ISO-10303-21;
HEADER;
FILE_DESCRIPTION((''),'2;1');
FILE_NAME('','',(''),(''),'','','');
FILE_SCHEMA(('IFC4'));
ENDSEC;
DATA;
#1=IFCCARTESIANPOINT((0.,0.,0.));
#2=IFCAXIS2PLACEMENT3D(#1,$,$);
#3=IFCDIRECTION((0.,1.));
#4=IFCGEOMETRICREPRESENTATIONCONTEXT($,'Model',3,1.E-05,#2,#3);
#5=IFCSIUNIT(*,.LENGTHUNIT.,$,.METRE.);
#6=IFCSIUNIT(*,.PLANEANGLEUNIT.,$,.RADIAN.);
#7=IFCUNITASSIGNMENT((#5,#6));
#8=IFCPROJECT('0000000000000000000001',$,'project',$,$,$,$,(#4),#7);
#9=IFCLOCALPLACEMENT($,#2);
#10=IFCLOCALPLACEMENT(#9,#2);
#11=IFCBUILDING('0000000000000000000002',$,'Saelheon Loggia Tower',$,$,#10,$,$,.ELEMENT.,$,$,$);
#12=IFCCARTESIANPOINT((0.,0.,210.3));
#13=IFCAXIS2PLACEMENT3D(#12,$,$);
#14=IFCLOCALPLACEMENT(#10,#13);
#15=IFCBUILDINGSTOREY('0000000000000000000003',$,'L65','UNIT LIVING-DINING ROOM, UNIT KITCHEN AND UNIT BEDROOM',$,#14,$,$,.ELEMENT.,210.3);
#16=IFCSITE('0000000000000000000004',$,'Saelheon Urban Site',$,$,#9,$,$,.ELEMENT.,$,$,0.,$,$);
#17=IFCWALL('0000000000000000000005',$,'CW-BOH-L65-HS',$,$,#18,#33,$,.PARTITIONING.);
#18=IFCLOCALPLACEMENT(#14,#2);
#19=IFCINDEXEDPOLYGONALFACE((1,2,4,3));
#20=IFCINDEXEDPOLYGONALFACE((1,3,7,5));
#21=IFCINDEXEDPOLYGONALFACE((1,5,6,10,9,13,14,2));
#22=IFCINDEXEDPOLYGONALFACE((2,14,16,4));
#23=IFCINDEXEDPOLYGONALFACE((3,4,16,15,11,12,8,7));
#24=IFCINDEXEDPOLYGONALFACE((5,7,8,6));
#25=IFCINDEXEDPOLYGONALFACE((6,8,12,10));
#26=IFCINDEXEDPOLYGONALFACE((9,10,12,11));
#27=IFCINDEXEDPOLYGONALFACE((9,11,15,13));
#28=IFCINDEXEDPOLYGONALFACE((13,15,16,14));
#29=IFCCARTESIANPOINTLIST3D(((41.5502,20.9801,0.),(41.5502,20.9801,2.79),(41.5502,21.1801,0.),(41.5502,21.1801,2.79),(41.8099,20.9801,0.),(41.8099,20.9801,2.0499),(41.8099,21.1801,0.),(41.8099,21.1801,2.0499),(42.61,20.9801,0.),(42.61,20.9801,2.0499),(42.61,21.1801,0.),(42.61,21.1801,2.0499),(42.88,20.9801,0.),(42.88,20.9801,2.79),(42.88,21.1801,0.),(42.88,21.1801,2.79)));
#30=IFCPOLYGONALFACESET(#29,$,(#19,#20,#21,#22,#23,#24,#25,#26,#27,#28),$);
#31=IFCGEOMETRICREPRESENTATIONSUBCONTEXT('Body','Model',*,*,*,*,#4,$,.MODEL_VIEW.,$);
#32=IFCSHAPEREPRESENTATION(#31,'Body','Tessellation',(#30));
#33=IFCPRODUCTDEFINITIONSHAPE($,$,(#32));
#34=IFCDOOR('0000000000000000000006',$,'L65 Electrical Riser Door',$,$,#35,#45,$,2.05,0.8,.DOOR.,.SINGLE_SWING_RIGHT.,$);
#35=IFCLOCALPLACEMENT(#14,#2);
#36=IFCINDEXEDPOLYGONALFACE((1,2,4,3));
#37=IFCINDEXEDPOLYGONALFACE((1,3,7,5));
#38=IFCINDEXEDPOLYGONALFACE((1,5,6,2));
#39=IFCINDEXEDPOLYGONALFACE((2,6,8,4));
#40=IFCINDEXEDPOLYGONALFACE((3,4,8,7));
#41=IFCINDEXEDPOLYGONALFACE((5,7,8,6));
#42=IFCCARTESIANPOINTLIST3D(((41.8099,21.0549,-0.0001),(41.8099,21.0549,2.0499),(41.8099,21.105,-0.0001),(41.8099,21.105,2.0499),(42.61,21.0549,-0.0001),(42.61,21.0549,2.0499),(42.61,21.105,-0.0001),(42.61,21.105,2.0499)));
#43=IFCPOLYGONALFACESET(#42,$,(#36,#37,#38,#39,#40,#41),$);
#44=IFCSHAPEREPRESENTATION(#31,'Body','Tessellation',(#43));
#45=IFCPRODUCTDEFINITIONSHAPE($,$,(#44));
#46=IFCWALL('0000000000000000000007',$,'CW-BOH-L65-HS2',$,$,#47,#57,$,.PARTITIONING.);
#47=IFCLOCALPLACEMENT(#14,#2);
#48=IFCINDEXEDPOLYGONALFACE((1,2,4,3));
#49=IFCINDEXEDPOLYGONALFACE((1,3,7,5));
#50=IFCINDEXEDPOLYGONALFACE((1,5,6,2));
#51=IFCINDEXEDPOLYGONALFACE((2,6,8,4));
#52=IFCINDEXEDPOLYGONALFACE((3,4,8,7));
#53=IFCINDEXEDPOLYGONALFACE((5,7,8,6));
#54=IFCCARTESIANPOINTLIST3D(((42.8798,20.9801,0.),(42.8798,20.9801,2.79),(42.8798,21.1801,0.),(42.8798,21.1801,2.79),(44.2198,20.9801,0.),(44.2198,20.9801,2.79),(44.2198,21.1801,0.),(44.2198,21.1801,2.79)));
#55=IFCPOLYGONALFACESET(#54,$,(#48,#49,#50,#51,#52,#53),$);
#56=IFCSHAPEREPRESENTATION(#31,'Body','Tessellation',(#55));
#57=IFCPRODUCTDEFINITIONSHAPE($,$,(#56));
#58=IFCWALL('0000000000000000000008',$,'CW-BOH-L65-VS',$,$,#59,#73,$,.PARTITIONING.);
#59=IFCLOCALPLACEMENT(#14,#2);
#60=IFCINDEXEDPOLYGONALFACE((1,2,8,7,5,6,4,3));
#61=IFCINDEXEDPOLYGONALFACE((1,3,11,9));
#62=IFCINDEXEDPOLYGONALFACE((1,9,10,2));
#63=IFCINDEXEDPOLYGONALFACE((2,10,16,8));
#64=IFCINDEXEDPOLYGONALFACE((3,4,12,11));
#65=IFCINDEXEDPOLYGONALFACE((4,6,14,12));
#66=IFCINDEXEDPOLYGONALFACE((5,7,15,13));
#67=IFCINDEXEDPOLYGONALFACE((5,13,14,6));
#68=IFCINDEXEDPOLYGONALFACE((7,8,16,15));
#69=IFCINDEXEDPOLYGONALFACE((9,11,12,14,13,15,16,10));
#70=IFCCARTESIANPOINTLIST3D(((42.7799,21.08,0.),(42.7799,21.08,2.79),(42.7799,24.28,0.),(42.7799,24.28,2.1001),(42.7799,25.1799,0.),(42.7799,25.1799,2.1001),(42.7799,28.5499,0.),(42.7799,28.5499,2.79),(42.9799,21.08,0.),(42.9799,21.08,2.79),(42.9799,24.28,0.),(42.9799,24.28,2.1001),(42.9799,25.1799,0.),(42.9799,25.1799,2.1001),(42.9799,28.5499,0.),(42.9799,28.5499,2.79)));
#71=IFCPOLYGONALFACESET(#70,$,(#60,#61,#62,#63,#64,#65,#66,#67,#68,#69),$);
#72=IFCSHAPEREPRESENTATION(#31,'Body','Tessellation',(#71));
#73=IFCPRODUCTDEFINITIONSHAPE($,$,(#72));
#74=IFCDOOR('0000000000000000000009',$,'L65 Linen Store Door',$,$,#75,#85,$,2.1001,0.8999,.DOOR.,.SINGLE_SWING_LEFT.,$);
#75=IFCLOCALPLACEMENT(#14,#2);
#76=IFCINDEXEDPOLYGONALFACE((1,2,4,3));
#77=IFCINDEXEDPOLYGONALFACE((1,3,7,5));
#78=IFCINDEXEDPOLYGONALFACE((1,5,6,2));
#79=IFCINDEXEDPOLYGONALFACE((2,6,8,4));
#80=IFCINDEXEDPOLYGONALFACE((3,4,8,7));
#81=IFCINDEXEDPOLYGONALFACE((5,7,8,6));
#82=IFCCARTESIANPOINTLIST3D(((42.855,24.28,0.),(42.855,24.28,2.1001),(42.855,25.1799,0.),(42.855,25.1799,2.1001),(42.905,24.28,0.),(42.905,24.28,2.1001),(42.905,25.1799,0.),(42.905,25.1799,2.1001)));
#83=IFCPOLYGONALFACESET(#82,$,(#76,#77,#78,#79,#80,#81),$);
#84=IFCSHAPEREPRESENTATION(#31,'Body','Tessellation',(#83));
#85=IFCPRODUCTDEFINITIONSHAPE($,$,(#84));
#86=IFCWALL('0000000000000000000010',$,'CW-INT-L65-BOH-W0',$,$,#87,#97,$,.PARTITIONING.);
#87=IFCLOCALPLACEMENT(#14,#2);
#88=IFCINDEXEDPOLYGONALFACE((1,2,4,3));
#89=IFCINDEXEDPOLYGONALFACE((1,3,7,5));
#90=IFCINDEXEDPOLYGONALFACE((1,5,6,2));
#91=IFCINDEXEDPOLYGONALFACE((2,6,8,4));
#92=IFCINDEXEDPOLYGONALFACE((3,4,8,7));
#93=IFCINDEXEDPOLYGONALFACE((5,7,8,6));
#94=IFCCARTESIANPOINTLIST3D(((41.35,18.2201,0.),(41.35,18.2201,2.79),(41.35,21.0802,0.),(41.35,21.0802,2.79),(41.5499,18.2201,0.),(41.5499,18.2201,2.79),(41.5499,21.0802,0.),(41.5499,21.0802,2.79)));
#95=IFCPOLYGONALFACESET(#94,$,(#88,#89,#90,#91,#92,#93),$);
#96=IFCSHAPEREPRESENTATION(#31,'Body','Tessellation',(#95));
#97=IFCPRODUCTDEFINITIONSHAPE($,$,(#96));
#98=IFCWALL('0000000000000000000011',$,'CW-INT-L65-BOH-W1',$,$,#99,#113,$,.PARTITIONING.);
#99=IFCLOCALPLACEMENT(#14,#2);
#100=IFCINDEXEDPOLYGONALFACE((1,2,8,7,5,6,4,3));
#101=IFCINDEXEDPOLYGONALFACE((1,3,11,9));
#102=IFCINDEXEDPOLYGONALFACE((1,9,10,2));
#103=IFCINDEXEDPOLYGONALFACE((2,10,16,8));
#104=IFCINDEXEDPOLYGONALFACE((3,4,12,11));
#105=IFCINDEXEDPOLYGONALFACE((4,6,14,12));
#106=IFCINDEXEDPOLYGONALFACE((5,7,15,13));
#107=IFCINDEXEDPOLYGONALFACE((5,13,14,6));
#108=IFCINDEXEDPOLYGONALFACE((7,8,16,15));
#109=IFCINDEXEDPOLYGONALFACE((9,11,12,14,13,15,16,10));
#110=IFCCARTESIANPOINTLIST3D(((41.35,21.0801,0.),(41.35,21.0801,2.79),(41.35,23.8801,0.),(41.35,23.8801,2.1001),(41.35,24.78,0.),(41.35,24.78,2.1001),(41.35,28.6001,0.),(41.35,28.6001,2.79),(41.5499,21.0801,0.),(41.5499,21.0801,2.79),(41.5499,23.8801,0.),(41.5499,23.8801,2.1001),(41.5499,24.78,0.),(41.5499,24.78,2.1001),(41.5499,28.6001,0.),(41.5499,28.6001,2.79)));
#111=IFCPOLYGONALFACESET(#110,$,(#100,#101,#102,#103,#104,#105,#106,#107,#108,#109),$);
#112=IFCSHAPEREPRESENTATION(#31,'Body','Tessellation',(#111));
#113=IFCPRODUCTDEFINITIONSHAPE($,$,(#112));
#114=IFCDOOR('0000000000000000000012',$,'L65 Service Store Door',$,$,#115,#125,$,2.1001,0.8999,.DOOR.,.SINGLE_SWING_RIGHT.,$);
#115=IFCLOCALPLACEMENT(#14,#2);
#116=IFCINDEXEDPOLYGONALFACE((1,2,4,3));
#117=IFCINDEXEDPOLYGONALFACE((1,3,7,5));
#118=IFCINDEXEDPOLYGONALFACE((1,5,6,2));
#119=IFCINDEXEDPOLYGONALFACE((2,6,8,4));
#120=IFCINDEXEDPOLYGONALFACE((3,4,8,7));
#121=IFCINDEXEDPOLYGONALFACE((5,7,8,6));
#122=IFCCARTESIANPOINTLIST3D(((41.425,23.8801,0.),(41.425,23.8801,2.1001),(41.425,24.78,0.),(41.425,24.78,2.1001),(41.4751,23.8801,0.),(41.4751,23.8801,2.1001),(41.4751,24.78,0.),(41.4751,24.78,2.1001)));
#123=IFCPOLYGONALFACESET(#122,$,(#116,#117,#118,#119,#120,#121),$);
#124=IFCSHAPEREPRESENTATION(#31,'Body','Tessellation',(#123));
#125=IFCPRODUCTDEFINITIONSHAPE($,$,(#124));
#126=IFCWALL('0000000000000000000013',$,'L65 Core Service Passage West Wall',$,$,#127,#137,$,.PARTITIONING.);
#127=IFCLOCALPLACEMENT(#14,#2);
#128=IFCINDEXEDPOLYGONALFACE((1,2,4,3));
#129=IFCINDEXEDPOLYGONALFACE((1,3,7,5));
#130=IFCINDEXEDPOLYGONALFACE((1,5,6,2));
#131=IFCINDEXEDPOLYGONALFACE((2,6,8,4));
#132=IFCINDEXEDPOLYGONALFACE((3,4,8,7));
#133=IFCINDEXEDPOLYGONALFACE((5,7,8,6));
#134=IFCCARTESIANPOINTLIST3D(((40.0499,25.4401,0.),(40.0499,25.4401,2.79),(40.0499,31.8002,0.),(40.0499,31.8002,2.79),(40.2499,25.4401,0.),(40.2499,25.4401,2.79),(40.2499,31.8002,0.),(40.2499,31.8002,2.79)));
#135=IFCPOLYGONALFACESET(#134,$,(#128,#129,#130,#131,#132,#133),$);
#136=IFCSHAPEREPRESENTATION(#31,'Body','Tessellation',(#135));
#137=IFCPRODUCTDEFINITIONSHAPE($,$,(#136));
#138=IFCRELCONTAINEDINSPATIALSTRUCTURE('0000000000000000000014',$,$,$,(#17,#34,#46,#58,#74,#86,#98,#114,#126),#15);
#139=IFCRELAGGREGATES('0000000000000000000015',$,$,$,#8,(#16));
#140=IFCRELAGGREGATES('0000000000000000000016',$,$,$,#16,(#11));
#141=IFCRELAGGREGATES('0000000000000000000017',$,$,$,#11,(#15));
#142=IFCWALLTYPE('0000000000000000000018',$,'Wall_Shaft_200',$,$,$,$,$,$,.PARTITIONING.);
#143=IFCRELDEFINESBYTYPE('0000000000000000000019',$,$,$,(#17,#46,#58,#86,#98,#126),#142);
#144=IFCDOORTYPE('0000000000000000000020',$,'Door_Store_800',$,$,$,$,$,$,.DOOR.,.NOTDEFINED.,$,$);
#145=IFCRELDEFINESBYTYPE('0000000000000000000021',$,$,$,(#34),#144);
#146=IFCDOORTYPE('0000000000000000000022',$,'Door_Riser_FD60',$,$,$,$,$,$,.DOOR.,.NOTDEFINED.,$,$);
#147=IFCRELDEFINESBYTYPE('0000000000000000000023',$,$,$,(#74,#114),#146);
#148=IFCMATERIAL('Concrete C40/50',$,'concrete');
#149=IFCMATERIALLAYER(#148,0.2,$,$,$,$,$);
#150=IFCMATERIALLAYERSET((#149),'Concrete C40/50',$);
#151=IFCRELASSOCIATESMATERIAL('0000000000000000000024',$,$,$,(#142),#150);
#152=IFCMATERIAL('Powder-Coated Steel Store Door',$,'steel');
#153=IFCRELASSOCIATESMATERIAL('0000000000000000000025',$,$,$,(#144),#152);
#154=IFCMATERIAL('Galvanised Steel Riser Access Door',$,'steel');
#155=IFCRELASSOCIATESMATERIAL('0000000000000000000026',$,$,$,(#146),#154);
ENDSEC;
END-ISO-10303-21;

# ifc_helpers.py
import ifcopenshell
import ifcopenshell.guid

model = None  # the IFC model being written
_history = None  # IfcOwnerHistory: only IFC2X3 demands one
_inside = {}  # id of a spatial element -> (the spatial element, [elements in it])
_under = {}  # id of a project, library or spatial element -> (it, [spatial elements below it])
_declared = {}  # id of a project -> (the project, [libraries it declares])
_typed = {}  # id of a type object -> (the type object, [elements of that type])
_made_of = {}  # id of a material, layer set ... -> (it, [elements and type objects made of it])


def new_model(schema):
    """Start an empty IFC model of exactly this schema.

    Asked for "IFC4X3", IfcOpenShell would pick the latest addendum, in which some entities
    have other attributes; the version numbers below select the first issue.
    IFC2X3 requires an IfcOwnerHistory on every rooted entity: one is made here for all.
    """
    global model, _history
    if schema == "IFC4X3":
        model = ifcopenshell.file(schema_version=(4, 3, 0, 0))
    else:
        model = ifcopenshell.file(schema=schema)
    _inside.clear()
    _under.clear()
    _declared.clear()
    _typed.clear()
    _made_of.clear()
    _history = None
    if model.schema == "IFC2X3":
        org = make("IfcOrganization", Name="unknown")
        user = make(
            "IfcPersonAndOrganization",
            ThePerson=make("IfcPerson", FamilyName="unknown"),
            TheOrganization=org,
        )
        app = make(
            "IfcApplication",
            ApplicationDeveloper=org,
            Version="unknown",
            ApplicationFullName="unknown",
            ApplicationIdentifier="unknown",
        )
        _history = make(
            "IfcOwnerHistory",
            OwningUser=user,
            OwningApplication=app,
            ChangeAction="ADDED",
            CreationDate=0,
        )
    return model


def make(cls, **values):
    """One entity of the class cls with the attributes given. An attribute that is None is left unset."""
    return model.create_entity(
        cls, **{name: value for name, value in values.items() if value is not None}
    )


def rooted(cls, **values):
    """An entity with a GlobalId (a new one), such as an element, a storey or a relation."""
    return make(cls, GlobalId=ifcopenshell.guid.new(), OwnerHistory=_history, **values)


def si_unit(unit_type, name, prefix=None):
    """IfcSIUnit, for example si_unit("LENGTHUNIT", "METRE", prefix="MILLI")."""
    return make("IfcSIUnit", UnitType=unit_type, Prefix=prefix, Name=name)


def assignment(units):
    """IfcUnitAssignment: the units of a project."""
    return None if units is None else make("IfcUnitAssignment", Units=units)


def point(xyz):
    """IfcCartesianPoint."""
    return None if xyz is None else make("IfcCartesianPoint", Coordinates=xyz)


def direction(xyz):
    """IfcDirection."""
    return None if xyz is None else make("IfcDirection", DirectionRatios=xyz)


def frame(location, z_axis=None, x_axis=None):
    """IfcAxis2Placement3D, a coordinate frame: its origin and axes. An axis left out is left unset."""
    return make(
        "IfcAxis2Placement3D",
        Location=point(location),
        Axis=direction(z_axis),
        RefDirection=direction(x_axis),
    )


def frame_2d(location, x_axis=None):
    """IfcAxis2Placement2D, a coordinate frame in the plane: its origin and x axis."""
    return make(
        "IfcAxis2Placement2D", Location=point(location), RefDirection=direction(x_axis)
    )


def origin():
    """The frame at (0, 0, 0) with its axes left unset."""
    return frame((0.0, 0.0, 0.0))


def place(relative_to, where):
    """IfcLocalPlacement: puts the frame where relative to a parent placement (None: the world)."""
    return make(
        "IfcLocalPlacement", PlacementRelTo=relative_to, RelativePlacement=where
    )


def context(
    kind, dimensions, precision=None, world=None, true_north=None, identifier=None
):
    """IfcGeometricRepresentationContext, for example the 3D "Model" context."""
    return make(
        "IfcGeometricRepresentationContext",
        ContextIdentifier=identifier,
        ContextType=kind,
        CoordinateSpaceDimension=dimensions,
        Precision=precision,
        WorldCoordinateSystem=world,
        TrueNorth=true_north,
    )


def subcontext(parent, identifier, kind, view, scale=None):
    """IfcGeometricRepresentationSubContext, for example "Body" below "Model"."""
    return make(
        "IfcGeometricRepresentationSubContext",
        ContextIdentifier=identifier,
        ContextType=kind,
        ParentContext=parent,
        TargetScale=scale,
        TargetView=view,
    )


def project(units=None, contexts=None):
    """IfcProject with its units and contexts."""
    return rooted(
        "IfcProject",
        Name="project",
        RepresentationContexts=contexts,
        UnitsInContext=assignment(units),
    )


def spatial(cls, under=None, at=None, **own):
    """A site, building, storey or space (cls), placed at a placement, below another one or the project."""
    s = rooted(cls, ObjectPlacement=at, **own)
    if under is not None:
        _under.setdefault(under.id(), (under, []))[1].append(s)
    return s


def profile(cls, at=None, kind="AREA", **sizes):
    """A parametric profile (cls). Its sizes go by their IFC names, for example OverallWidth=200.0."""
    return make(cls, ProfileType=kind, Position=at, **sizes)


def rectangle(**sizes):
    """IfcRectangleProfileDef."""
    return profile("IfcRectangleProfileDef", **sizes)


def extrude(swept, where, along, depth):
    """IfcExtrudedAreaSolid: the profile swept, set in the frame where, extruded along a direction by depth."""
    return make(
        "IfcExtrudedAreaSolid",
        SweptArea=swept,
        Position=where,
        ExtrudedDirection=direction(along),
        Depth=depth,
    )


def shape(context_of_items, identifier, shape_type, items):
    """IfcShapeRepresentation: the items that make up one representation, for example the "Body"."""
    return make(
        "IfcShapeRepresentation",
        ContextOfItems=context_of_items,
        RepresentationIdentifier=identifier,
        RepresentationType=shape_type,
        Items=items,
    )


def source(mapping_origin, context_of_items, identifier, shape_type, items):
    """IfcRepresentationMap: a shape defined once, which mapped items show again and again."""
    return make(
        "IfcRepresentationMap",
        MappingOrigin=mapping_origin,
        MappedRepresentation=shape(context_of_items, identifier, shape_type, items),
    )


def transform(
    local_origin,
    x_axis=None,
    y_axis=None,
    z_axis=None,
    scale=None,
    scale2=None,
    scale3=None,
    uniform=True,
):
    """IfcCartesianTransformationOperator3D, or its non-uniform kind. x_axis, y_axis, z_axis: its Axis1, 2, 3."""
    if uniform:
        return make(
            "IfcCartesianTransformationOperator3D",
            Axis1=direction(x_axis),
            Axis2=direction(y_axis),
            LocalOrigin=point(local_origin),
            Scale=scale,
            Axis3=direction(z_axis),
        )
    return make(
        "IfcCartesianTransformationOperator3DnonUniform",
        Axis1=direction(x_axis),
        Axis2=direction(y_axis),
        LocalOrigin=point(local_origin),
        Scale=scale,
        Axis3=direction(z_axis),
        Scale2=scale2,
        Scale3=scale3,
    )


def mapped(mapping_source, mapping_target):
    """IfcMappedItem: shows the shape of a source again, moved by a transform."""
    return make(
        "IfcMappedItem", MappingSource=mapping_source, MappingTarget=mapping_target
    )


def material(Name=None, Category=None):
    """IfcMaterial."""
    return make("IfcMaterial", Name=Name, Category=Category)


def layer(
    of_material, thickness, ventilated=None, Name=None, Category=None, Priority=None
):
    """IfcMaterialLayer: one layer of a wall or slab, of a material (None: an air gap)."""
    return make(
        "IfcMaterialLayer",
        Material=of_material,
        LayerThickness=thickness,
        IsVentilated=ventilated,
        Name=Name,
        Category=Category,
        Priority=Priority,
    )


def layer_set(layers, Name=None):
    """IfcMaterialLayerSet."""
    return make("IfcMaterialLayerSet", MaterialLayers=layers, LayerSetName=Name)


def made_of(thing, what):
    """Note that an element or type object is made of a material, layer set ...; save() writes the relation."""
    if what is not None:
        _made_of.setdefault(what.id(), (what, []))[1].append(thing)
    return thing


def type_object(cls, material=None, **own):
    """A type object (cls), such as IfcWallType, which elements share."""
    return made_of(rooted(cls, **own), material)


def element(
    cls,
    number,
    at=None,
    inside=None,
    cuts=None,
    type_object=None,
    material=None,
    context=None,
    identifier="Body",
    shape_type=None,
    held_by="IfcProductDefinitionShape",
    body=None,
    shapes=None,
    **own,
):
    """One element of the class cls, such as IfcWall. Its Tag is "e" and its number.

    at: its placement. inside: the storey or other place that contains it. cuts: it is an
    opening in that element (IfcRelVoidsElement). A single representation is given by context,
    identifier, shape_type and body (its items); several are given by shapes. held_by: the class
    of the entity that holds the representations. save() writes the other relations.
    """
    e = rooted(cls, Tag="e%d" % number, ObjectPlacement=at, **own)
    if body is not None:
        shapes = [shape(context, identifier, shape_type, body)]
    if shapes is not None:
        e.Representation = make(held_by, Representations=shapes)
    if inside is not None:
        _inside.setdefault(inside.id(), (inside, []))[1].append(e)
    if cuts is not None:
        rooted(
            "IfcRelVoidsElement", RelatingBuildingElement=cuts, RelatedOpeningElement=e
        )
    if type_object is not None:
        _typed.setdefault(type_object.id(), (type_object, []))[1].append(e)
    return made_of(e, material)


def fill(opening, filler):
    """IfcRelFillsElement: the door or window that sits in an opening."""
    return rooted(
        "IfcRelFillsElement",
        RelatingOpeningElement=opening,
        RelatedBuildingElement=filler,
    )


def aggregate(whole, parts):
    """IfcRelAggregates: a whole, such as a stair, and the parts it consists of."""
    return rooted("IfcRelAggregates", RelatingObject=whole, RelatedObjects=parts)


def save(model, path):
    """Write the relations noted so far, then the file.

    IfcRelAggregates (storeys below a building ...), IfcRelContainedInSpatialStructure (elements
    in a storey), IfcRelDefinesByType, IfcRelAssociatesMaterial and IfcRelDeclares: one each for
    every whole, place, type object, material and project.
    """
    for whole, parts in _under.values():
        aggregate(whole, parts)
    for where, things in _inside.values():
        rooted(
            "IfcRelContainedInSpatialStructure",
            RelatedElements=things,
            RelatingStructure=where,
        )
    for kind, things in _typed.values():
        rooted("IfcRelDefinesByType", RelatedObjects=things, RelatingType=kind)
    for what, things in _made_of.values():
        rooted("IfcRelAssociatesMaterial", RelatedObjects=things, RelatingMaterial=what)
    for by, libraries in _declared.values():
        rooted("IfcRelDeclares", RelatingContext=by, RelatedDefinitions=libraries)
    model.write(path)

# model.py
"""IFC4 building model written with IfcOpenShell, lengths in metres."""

from ifc_helpers import new_model, si_unit, direction, frame, frame_2d, origin, place, context, subcontext, project, spatial, rectangle, extrude, source, transform, mapped, material, layer, layer_set, type_object, element, fill, save


model = new_model("IFC4")

# Units and contexts
model_context = context("Model", 3, precision=1e-05, world=origin(), true_north=direction((0.0, 1.0)))
body_context = subcontext(model_context, "Body", "Model", "MODEL_VIEW")
ifc_project = project(units=[si_unit("LENGTHUNIT", "METRE"), si_unit("PLANEANGLEUNIT", "RADIAN")], contexts=[model_context])

# Site, building, storey
site_placement = place(None, origin())
site = spatial("IfcSite", under=ifc_project, at=site_placement, Name="Saelheon Urban Site", CompositionType="ELEMENT", RefElevation=0.0)
building_placement = place(site_placement, origin())
building = spatial("IfcBuilding", under=site, at=building_placement, Name="Saelheon Loggia Tower", CompositionType="ELEMENT")
storey_placement = place(building_placement, frame((0.0, 0.0, 210.3)))
storey = spatial("IfcBuildingStorey", under=building, at=storey_placement, Name="L65", Description="UNIT LIVING-DINING ROOM, UNIT KITCHEN AND UNIT BEDROOM", CompositionType="ELEMENT", Elevation=210.3)

# Shared definitions
ifc_material_1 = material(Name="Concrete C40/50", Category="concrete")

# Shared definitions
shared_shape_1 = source(origin(), body_context, "Body", "SweptSolid", [
    extrude(rectangle(XDim=0.8999, YDim=2.1001, at=frame_2d((0.45, 1.05))), frame((0.0, 0.0249, 0.0), z_axis=(0.0, -1.0, 0.0), x_axis=(1.0, 0.0, 0.0)), (0.0, 0.0, 1.0), 0.05),
])

# Wall, opening, door
ifc_layer_1 = layer(ifc_material_1, 0.2)
ifc_layer_set_1 = layer_set([ifc_layer_1], Name="Concrete C40/50")
wall_type_1 = type_object("IfcWallType", Name="Wall_Shaft_200", PredefinedType="PARTITIONING", material=ifc_layer_set_1)
wall_1_placement = place(storey_placement, frame((41.55, 21.0801, 0.0), z_axis=(0.0, 0.0, 1.0), x_axis=(1.0, 0.0, 0.0)))
wall_1 = element("IfcWall", 1, at=wall_1_placement, inside=storey, type_object=wall_type_1, Name="CW-BOH-L65-HS", PredefinedType="PARTITIONING", context=body_context, shape_type="SweptSolid", body=[
    extrude(rectangle(XDim=1.3298, YDim=0.2, at=frame_2d((0.665, 0.0))), origin(), (0.0, 0.0, 1.0), 2.79),
])
opening_1_placement = place(wall_1_placement, frame((0.26, 0.0, 0.0)))
opening_1 = element("IfcOpeningElement", 2, at=opening_1_placement, cuts=wall_1, PredefinedType="OPENING", context=body_context, shape_type="SweptSolid", body=[
    extrude(rectangle(XDim=0.8, YDim=2.05, at=frame_2d((0.3999, 1.0249))), frame((0.0, 0.1121, 0.0), z_axis=(0.0, -1.0, 0.0), x_axis=(1.0, 0.0, 0.0)), (0.0, 0.0, 1.0), 0.2239),
])
ifc_material_2 = material(Name="Powder-Coated Steel Store Door", Category="steel")
door_type_1 = type_object("IfcDoorType", Name="Door_Store_800", OperationType="NOTDEFINED", PredefinedType="DOOR", material=ifc_material_2)
shared_shape_2 = source(origin(), body_context, "Body", "SweptSolid", [
    extrude(rectangle(XDim=0.8, YDim=2.05, at=frame_2d((0.3999, 1.0249))), frame((0.0, 0.0249, 0.0), z_axis=(0.0, -1.0, 0.0), x_axis=(1.0, 0.0, 0.0)), (0.0, 0.0, 1.0), 0.05),
])
door_1_placement = place(opening_1_placement, origin())
door_1 = element("IfcDoor", 3, at=door_1_placement, inside=storey, type_object=door_type_1, Name="L65 Electrical Riser Door", OperationType="SINGLE_SWING_RIGHT", OverallHeight=2.05, OverallWidth=0.8, PredefinedType="DOOR", context=body_context, shape_type="MappedRepresentation", body=[
    mapped(shared_shape_2, transform((0.0, 0.0, 0.0), scale=1.0)),
])
fill(opening_1, door_1)

# Wall
wall_2_placement = place(storey_placement, frame((42.8799, 21.0801, 0.0), z_axis=(0.0, 0.0, 1.0), x_axis=(1.0, 0.0, 0.0)))
element("IfcWall", 4, at=wall_2_placement, inside=storey, type_object=wall_type_1, Name="CW-BOH-L65-HS2", PredefinedType="PARTITIONING", context=body_context, shape_type="SweptSolid", body=[
    extrude(rectangle(XDim=1.3401, YDim=0.2, at=frame_2d((0.6699, 0.0))), origin(), (0.0, 0.0, 1.0), 2.79),
])

# Wall, opening, door
wall_3_placement = place(storey_placement, frame((42.8799, 21.0801, 0.0), z_axis=(0.0, 0.0, 1.0), x_axis=(0.0, 1.0, 0.0)))
wall_3 = element("IfcWall", 5, at=wall_3_placement, inside=storey, type_object=wall_type_1, Name="CW-BOH-L65-VS", PredefinedType="PARTITIONING", context=body_context, shape_type="SweptSolid", body=[
    extrude(rectangle(XDim=7.47, YDim=0.2, at=frame_2d((3.7349, 0.0))), origin(), (0.0, 0.0, 1.0), 2.79),
])
opening_2_placement = place(wall_3_placement, frame((3.2, 0.0, 0.0)))
opening_2 = element("IfcOpeningElement", 6, at=opening_2_placement, cuts=wall_3, PredefinedType="OPENING", context=body_context, shape_type="SweptSolid", body=[
    extrude(rectangle(XDim=0.8999, YDim=2.1001, at=frame_2d((0.45, 1.05))), frame((0.0, 0.1121, 0.0), z_axis=(0.0, -1.0, 0.0), x_axis=(1.0, 0.0, 0.0)), (0.0, 0.0, 1.0), 0.2239),
])
ifc_material_3 = material(Name="Galvanised Steel Riser Access Door", Category="steel")
door_type_2 = type_object("IfcDoorType", Name="Door_Riser_FD60", OperationType="NOTDEFINED", PredefinedType="DOOR", material=ifc_material_3)
door_2_placement = place(opening_2_placement, origin())
door_2 = element("IfcDoor", 7, at=door_2_placement, inside=storey, type_object=door_type_2, Name="L65 Linen Store Door", OperationType="SINGLE_SWING_LEFT", OverallHeight=2.1001, OverallWidth=0.8999, PredefinedType="DOOR", context=body_context, shape_type="MappedRepresentation", body=[
    mapped(shared_shape_1, transform((0.0, 0.0, 0.0), scale=1.0)),
])
fill(opening_2, door_2)

# Wall
wall_4_placement = place(storey_placement, frame((41.45, 18.22, 0.0), z_axis=(0.0, 0.0, 1.0), x_axis=(0.0, 1.0, 0.0)))
element("IfcWall", 8, at=wall_4_placement, inside=storey, type_object=wall_type_1, Name="CW-INT-L65-BOH-W0", PredefinedType="PARTITIONING", context=body_context, shape_type="SweptSolid", body=[
    extrude(rectangle(XDim=2.8601, YDim=0.2, at=frame_2d((1.4302, 0.0))), origin(), (0.0, 0.0, 1.0), 2.79),
])

# Wall, opening, door
wall_5_placement = place(storey_placement, frame((41.45, 21.0801, 0.0), z_axis=(0.0, 0.0, 1.0), x_axis=(0.0, 1.0, 0.0)))
wall_5 = element("IfcWall", 9, at=wall_5_placement, inside=storey, type_object=wall_type_1, Name="CW-INT-L65-BOH-W1", PredefinedType="PARTITIONING", context=body_context, shape_type="SweptSolid", body=[
    extrude(rectangle(XDim=7.52, YDim=0.2, at=frame_2d((3.76, 0.0))), origin(), (0.0, 0.0, 1.0), 2.79),
])
opening_3_placement = place(wall_5_placement, frame((2.8, 0.0, 0.0)))
opening_3 = element("IfcOpeningElement", 10, at=opening_3_placement, cuts=wall_5, PredefinedType="OPENING", context=body_context, shape_type="SweptSolid", body=[
    extrude(rectangle(XDim=0.8999, YDim=2.1001, at=frame_2d((0.45, 1.05))), frame((0.0, 0.1121, 0.0), z_axis=(0.0, -1.0, 0.0), x_axis=(1.0, 0.0, 0.0)), (0.0, 0.0, 1.0), 0.2239),
])
door_3_placement = place(opening_3_placement, origin())
door_3 = element("IfcDoor", 11, at=door_3_placement, inside=storey, type_object=door_type_2, Name="L65 Service Store Door", OperationType="SINGLE_SWING_RIGHT", OverallHeight=2.1001, OverallWidth=0.8999, PredefinedType="DOOR", context=body_context, shape_type="MappedRepresentation", body=[
    mapped(shared_shape_1, transform((0.0, 0.0, 0.0), scale=1.0)),
])
fill(opening_3, door_3)

# Wall
wall_6_placement = place(storey_placement, frame((40.1499, 25.4399, 0.0), z_axis=(0.0, 0.0, 1.0), x_axis=(0.0, 1.0, 0.0)))
element("IfcWall", 12, at=wall_6_placement, inside=storey, type_object=wall_type_1, Name="L65 Core Service Passage West Wall", PredefinedType="PARTITIONING", context=body_context, shape_type="SweptSolid", body=[
    extrude(rectangle(XDim=6.3601, YDim=0.2, at=frame_2d((3.1802, 0.0))), origin(), (0.0, 0.0, 1.0), 2.79),
])

save(model, "model.ifc")
